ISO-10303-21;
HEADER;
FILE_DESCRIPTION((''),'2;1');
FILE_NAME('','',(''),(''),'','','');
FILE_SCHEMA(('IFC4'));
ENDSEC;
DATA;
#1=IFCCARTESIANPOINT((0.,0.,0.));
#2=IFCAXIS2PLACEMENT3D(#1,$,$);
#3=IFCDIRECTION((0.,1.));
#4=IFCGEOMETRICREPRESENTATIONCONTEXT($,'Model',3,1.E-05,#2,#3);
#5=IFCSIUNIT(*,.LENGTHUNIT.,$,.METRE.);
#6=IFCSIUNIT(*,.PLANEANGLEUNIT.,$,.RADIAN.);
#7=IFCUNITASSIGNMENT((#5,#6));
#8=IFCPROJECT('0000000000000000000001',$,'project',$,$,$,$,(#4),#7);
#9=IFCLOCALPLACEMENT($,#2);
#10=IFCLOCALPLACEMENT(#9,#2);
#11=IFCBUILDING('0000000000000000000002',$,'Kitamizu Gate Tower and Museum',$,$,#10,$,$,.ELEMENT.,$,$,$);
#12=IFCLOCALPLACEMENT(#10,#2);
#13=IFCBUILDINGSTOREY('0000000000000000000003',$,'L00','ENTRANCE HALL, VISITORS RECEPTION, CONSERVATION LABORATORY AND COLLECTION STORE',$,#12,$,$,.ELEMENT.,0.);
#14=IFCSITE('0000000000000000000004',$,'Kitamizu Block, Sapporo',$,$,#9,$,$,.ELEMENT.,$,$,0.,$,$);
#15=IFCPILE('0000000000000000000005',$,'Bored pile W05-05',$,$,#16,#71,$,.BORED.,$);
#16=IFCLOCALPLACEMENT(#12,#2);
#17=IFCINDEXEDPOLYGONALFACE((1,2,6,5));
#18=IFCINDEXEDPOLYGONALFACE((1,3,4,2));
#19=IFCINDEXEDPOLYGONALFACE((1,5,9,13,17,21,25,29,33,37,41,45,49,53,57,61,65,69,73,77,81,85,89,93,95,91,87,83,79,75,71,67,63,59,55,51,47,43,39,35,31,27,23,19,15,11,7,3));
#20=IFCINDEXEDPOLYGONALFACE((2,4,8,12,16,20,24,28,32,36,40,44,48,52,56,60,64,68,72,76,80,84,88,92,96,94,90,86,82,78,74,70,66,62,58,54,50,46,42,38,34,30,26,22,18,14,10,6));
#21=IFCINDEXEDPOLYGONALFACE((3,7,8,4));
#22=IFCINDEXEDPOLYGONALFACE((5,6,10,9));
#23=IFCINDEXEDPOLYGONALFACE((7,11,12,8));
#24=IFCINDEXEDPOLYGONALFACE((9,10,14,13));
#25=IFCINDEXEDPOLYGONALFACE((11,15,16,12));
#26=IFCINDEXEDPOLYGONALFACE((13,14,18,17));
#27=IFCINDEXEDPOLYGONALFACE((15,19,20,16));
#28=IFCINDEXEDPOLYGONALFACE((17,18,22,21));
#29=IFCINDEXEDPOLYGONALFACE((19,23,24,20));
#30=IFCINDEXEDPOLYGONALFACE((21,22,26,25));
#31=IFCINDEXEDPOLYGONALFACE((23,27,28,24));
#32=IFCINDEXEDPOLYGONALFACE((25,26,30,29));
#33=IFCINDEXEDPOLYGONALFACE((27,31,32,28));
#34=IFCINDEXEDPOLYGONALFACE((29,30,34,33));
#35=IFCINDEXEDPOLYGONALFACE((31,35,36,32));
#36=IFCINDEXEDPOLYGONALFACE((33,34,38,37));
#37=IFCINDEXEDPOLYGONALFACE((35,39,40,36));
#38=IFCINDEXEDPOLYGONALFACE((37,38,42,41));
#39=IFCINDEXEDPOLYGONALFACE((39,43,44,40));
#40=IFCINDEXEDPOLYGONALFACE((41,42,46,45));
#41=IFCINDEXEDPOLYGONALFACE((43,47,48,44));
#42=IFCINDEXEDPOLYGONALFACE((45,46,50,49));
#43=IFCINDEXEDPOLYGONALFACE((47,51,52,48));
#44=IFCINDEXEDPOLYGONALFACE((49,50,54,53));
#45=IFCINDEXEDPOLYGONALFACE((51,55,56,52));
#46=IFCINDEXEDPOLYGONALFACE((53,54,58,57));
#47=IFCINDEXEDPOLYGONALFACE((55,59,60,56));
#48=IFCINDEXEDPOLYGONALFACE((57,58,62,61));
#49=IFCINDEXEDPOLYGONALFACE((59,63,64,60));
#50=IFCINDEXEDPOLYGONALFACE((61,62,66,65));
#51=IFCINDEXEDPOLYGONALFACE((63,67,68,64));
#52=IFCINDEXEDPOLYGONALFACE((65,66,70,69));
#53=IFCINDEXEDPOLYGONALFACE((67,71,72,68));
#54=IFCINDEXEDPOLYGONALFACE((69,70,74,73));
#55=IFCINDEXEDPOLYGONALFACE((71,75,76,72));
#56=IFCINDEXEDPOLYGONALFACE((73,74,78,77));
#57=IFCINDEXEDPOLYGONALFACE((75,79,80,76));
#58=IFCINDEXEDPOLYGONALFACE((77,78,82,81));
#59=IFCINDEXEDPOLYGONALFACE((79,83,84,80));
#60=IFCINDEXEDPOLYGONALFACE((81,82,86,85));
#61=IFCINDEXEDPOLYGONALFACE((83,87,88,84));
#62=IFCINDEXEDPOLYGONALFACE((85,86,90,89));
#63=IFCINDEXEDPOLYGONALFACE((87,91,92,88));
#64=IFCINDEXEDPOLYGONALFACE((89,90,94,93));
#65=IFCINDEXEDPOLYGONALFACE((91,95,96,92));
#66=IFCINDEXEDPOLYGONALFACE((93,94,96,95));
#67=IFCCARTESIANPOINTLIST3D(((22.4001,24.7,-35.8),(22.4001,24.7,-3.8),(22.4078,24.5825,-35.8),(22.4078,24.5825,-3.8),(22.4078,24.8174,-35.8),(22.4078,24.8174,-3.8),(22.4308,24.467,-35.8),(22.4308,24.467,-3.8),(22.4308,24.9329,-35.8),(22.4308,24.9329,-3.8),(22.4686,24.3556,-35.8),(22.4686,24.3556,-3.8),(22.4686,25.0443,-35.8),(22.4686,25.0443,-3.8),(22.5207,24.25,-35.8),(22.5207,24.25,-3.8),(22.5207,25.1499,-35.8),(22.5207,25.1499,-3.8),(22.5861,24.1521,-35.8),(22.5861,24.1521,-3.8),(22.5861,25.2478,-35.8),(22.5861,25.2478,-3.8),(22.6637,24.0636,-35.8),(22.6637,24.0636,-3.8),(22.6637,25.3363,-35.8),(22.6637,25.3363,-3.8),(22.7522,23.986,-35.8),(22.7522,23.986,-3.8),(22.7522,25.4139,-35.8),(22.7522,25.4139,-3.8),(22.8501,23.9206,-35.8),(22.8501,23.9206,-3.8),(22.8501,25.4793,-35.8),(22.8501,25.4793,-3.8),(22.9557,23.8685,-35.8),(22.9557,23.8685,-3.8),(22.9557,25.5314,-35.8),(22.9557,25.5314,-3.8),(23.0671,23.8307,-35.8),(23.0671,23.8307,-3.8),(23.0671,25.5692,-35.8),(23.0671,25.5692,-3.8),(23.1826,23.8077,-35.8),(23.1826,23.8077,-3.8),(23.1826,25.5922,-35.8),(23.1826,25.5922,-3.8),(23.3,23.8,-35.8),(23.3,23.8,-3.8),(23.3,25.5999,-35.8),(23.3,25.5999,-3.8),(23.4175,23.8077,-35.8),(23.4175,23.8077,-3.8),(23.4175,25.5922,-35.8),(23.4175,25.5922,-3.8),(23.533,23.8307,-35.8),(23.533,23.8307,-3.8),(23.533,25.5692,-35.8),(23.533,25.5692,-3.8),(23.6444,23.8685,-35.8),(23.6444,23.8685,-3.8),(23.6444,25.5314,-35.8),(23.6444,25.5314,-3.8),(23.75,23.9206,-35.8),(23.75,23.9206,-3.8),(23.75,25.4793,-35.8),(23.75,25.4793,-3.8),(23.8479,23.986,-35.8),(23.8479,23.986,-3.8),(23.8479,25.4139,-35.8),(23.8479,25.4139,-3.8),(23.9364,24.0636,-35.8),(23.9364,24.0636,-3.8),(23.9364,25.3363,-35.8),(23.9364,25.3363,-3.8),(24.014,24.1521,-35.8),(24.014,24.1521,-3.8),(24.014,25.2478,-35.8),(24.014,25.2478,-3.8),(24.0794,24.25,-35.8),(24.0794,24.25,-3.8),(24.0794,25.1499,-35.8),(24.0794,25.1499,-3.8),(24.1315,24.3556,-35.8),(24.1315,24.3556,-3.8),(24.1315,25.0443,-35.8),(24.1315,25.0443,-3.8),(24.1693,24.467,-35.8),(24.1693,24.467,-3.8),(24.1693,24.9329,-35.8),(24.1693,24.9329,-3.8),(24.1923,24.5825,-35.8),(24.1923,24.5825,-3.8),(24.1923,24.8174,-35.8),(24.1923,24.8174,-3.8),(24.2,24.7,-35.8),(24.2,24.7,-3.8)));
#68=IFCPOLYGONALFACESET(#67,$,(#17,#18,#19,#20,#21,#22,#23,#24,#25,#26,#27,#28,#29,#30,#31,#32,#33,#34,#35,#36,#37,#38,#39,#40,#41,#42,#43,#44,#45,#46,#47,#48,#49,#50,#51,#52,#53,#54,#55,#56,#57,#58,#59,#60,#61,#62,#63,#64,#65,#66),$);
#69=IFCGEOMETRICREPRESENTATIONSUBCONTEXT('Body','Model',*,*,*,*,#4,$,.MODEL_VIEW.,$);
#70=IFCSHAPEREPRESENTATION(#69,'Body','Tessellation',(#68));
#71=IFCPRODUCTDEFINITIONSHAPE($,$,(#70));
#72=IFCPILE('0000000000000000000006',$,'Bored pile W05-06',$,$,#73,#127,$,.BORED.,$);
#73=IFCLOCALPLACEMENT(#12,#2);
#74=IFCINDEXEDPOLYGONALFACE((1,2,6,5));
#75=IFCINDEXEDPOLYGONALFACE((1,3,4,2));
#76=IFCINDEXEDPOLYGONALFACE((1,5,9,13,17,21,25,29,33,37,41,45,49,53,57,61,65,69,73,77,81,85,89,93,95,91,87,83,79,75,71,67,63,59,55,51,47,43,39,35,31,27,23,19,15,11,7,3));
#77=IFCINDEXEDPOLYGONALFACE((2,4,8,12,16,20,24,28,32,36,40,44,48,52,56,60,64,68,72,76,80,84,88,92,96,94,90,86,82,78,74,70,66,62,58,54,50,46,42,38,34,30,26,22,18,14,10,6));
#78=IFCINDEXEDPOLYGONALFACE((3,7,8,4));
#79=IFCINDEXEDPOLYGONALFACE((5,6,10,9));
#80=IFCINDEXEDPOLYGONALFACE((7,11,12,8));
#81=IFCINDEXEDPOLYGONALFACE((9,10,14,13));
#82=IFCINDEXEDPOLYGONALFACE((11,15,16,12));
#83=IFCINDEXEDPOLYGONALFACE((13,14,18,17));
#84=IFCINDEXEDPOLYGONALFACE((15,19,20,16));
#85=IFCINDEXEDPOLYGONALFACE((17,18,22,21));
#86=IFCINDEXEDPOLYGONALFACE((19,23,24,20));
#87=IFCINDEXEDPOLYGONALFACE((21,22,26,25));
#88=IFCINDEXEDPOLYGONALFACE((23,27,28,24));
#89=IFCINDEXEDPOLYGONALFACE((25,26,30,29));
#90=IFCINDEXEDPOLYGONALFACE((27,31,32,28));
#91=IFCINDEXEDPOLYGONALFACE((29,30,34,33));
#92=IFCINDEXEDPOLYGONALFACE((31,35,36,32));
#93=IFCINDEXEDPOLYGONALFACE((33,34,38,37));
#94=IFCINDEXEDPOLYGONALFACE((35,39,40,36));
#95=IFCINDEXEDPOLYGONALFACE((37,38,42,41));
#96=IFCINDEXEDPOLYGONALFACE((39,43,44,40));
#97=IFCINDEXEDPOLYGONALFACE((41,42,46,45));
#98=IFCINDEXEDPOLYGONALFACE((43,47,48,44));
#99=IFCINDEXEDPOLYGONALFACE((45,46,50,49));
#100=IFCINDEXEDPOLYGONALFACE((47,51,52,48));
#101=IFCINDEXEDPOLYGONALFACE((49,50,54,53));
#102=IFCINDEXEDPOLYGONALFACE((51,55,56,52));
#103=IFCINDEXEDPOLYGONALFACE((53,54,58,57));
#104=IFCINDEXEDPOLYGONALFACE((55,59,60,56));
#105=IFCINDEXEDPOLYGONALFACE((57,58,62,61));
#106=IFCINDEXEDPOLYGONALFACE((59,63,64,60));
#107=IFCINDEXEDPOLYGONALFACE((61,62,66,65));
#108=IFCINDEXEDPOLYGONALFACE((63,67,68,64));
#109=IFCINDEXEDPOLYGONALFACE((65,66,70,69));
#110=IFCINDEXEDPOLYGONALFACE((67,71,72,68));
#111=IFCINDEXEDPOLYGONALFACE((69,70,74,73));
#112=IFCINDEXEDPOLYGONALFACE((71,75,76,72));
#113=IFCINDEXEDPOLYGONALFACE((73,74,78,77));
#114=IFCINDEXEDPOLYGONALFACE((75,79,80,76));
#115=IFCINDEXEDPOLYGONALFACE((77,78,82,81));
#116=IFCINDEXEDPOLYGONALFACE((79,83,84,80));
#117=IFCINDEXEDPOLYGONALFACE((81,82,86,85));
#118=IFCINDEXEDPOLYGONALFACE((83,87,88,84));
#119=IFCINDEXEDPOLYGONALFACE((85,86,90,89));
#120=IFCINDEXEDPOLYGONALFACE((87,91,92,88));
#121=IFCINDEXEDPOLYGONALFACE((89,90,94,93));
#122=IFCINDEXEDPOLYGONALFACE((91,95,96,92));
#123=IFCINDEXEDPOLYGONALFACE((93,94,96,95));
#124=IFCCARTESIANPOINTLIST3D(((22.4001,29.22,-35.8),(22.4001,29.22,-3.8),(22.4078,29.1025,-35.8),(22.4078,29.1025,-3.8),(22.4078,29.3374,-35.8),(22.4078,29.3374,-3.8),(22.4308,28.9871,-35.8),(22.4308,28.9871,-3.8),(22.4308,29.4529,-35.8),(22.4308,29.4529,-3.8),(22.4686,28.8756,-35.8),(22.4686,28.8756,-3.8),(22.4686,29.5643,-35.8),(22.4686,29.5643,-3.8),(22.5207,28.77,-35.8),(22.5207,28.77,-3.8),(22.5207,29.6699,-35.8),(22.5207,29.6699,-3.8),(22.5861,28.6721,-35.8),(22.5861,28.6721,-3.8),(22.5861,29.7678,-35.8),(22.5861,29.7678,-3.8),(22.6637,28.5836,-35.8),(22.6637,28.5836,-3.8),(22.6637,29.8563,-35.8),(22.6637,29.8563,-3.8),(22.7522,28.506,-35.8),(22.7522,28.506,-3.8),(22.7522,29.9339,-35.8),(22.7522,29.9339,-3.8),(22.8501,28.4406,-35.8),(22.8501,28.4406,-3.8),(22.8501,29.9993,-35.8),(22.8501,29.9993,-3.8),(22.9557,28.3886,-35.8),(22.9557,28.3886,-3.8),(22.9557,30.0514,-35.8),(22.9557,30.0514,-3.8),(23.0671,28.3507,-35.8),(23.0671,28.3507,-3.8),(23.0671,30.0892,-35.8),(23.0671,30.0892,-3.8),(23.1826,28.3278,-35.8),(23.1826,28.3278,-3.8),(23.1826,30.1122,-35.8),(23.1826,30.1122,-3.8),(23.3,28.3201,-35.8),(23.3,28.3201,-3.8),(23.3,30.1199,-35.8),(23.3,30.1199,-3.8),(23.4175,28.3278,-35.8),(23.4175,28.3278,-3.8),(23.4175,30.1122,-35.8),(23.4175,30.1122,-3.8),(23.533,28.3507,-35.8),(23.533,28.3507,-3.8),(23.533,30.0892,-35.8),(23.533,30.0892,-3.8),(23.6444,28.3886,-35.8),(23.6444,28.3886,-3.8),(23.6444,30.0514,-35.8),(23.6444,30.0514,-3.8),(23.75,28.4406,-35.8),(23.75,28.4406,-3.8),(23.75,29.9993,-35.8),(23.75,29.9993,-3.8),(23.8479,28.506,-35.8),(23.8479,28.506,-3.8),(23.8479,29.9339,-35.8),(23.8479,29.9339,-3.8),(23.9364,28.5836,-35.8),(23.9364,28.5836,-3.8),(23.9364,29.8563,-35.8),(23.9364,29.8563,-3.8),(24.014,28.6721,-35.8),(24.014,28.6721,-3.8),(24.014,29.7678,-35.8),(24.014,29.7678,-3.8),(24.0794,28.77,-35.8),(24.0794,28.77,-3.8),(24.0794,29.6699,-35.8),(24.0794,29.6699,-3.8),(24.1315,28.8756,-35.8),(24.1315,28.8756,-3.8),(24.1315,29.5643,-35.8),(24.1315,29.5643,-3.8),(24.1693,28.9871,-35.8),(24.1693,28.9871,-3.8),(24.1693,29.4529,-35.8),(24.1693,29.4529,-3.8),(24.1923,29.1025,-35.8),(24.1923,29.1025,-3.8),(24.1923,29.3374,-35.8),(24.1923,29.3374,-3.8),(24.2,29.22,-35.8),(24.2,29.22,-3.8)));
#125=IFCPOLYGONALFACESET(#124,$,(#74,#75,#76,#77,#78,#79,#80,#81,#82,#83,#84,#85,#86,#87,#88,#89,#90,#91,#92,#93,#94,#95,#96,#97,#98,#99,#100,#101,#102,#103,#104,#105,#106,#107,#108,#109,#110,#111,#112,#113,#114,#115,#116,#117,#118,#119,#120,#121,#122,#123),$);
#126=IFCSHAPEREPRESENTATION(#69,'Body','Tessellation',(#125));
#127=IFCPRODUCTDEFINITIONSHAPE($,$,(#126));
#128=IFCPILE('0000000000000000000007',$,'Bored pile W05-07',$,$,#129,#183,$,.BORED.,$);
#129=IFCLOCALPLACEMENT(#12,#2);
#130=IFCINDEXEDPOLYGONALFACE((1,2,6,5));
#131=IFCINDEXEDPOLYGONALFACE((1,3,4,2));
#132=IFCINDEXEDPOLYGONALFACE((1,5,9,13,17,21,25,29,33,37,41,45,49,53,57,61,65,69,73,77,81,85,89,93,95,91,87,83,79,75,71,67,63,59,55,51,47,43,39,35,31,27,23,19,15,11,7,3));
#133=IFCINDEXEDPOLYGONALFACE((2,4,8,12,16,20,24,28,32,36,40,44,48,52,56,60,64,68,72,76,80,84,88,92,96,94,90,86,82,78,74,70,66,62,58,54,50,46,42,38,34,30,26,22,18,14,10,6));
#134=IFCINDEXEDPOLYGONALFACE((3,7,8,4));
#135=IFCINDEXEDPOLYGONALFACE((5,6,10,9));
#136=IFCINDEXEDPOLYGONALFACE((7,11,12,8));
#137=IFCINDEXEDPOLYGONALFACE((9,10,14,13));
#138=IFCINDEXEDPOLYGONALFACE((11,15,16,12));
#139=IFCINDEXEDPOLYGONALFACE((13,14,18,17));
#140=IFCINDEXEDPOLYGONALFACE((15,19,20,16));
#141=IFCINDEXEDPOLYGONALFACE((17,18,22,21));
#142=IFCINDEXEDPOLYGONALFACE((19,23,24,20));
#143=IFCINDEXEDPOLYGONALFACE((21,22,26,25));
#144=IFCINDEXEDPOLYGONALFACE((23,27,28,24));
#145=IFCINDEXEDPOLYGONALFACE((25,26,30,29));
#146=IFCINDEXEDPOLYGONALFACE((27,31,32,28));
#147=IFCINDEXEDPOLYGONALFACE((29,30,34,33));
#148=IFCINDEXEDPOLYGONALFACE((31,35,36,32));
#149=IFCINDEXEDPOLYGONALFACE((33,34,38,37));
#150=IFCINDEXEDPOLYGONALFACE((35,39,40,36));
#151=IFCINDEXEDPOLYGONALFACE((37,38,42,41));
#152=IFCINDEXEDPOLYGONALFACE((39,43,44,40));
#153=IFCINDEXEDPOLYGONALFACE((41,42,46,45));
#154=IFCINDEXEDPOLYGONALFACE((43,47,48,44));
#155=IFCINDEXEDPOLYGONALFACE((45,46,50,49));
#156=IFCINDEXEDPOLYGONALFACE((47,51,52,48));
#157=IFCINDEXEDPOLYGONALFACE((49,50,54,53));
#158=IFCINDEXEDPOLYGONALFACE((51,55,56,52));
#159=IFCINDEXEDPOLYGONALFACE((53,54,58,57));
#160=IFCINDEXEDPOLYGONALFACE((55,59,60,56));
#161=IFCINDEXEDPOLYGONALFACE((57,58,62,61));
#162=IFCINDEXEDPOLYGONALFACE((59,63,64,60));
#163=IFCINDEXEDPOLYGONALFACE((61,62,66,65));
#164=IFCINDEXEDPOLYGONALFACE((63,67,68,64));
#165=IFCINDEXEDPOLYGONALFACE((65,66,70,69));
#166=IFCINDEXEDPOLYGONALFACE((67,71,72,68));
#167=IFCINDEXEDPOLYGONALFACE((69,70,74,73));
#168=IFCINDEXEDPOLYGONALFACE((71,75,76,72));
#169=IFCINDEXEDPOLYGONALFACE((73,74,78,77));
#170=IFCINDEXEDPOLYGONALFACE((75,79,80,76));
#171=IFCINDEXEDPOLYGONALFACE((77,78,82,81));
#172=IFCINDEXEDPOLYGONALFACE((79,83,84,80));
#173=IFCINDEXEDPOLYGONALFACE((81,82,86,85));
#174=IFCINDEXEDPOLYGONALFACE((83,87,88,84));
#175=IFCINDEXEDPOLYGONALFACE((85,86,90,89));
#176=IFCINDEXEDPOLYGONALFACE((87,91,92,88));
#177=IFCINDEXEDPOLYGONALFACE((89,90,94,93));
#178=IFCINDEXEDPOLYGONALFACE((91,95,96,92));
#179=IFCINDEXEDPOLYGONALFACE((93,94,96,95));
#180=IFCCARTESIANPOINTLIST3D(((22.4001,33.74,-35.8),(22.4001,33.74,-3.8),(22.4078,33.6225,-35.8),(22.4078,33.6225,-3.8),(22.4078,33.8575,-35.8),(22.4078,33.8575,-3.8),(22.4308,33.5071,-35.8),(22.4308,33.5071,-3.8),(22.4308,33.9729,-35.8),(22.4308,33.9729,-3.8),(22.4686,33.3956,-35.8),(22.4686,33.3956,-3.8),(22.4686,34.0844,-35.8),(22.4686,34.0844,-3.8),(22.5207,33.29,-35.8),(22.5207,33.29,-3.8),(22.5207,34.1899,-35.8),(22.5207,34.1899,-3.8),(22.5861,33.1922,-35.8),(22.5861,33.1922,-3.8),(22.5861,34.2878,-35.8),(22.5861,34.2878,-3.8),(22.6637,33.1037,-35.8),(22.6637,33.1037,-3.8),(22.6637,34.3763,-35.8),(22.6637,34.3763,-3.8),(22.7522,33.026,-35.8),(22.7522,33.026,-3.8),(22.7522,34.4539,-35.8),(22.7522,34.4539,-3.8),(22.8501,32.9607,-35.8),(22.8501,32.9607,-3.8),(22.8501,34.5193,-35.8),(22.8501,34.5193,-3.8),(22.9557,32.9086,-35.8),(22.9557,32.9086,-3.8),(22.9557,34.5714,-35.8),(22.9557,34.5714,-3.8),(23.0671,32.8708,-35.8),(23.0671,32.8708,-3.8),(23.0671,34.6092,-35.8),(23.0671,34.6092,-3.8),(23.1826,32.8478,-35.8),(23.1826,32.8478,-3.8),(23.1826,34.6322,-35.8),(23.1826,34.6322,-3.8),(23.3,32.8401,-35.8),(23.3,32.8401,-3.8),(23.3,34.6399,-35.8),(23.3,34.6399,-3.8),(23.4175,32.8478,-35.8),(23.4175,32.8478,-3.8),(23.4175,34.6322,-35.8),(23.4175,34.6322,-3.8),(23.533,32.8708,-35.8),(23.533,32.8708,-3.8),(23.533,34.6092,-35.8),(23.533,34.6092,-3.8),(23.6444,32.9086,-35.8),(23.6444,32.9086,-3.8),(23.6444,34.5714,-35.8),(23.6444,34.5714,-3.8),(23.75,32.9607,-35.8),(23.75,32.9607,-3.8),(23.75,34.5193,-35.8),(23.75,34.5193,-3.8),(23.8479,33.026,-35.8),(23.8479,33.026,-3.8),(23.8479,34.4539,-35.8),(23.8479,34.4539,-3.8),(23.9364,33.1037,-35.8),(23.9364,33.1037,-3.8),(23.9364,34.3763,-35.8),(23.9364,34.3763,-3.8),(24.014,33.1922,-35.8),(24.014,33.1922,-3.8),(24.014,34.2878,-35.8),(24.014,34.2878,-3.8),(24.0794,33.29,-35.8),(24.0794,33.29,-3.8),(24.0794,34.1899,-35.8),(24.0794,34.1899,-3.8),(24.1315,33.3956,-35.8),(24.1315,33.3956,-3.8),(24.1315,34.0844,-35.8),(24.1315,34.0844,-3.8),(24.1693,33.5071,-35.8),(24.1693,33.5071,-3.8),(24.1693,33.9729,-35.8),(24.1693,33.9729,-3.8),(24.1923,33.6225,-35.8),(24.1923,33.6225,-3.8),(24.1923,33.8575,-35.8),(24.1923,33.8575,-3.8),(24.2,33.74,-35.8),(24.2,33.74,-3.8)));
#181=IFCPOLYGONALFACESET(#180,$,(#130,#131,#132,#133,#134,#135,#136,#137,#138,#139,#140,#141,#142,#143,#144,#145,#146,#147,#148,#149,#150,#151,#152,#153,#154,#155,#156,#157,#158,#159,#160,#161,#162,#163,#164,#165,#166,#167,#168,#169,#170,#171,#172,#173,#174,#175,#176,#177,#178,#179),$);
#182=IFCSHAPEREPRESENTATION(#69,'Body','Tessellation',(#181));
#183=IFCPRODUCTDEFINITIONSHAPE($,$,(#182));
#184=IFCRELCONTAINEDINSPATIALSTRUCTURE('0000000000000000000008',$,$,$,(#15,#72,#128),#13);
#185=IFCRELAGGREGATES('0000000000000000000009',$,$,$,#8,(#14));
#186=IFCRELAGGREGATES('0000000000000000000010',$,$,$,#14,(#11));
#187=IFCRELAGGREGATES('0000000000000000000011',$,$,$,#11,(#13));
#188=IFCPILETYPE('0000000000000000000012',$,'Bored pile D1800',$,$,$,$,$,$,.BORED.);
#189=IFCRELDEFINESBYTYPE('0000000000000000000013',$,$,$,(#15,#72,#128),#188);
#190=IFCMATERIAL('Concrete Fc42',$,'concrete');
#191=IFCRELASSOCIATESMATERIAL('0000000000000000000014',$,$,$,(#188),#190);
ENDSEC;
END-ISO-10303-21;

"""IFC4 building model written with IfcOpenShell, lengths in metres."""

from ifc_helpers import new_model, si_unit, direction, frame, origin, origin_2d, place, context, subcontext, project, spatial, circle, extrude, material, material_profile, profile_set, type_object, element, save


model = new_model("IFC4")

# Units and contexts
model_context = context("Model", 3, precision=1e-05, world=origin(), true_north=direction((0.0, 1.0)))
body_context = subcontext(model_context, "Body", "Model", "MODEL_VIEW")
ifc_project = project(units=[si_unit("LENGTHUNIT", "METRE"), si_unit("PLANEANGLEUNIT", "RADIAN")], contexts=[model_context])

# Site, building, storey
site_placement = place(None, origin())
site = spatial("IfcSite", under=ifc_project, at=site_placement, Name="Kitamizu Block, Sapporo", CompositionType="ELEMENT", RefElevation=0.0)
building_placement = place(site_placement, origin())
building = spatial("IfcBuilding", under=site, at=building_placement, Name="Kitamizu Gate Tower and Museum", CompositionType="ELEMENT")
storey_placement = place(building_placement, origin())
storey = spatial("IfcBuildingStorey", under=building, at=storey_placement, Name="L00", Description="ENTRANCE HALL, VISITORS RECEPTION, CONSERVATION LABORATORY AND COLLECTION STORE", CompositionType="ELEMENT", Elevation=0.0)

# Piles
ifc_material_1 = material(Name="Concrete Fc42", Category="concrete")
ifc_material_profile_1 = material_profile(ifc_material_1, circle(Radius=0.8999, at=origin_2d()), Name="Bored pile D1800")
ifc_profile_set_1 = profile_set([ifc_material_profile_1], Name="Concrete Fc42")
pile_type = type_object("IfcPileType", Name="Bored pile D1800", PredefinedType="BORED", material=ifc_profile_set_1)
for number, where, z_axis, x_axis, name in (
    (1, (23.3, 24.7, -3.8), (0.0, 0.0, -1.0), (1.0, 0.0, 0.0), "Bored pile W05-05"),
    (2, (23.3, 29.22, -3.8), (0.0, 0.0, -1.0), (1.0, 0.0, 0.0), "Bored pile W05-06"),
    (3, (23.3, 33.74, -3.8), (0.0, 0.0, -1.0), (1.0, 0.0, 0.0), "Bored pile W05-07"),
):
    element("IfcPile", number, at=place(storey_placement, frame(where, z_axis=z_axis, x_axis=x_axis)), inside=storey, type_object=pile_type, Name=name, PredefinedType="BORED", context=body_context, shape_type="SweptSolid", body=[
        extrude(circle(Radius=0.8999, at=origin_2d()), origin(), (0.0, 0.0, 1.0), 32.0),
    ])

save(model, "model.ifc")
